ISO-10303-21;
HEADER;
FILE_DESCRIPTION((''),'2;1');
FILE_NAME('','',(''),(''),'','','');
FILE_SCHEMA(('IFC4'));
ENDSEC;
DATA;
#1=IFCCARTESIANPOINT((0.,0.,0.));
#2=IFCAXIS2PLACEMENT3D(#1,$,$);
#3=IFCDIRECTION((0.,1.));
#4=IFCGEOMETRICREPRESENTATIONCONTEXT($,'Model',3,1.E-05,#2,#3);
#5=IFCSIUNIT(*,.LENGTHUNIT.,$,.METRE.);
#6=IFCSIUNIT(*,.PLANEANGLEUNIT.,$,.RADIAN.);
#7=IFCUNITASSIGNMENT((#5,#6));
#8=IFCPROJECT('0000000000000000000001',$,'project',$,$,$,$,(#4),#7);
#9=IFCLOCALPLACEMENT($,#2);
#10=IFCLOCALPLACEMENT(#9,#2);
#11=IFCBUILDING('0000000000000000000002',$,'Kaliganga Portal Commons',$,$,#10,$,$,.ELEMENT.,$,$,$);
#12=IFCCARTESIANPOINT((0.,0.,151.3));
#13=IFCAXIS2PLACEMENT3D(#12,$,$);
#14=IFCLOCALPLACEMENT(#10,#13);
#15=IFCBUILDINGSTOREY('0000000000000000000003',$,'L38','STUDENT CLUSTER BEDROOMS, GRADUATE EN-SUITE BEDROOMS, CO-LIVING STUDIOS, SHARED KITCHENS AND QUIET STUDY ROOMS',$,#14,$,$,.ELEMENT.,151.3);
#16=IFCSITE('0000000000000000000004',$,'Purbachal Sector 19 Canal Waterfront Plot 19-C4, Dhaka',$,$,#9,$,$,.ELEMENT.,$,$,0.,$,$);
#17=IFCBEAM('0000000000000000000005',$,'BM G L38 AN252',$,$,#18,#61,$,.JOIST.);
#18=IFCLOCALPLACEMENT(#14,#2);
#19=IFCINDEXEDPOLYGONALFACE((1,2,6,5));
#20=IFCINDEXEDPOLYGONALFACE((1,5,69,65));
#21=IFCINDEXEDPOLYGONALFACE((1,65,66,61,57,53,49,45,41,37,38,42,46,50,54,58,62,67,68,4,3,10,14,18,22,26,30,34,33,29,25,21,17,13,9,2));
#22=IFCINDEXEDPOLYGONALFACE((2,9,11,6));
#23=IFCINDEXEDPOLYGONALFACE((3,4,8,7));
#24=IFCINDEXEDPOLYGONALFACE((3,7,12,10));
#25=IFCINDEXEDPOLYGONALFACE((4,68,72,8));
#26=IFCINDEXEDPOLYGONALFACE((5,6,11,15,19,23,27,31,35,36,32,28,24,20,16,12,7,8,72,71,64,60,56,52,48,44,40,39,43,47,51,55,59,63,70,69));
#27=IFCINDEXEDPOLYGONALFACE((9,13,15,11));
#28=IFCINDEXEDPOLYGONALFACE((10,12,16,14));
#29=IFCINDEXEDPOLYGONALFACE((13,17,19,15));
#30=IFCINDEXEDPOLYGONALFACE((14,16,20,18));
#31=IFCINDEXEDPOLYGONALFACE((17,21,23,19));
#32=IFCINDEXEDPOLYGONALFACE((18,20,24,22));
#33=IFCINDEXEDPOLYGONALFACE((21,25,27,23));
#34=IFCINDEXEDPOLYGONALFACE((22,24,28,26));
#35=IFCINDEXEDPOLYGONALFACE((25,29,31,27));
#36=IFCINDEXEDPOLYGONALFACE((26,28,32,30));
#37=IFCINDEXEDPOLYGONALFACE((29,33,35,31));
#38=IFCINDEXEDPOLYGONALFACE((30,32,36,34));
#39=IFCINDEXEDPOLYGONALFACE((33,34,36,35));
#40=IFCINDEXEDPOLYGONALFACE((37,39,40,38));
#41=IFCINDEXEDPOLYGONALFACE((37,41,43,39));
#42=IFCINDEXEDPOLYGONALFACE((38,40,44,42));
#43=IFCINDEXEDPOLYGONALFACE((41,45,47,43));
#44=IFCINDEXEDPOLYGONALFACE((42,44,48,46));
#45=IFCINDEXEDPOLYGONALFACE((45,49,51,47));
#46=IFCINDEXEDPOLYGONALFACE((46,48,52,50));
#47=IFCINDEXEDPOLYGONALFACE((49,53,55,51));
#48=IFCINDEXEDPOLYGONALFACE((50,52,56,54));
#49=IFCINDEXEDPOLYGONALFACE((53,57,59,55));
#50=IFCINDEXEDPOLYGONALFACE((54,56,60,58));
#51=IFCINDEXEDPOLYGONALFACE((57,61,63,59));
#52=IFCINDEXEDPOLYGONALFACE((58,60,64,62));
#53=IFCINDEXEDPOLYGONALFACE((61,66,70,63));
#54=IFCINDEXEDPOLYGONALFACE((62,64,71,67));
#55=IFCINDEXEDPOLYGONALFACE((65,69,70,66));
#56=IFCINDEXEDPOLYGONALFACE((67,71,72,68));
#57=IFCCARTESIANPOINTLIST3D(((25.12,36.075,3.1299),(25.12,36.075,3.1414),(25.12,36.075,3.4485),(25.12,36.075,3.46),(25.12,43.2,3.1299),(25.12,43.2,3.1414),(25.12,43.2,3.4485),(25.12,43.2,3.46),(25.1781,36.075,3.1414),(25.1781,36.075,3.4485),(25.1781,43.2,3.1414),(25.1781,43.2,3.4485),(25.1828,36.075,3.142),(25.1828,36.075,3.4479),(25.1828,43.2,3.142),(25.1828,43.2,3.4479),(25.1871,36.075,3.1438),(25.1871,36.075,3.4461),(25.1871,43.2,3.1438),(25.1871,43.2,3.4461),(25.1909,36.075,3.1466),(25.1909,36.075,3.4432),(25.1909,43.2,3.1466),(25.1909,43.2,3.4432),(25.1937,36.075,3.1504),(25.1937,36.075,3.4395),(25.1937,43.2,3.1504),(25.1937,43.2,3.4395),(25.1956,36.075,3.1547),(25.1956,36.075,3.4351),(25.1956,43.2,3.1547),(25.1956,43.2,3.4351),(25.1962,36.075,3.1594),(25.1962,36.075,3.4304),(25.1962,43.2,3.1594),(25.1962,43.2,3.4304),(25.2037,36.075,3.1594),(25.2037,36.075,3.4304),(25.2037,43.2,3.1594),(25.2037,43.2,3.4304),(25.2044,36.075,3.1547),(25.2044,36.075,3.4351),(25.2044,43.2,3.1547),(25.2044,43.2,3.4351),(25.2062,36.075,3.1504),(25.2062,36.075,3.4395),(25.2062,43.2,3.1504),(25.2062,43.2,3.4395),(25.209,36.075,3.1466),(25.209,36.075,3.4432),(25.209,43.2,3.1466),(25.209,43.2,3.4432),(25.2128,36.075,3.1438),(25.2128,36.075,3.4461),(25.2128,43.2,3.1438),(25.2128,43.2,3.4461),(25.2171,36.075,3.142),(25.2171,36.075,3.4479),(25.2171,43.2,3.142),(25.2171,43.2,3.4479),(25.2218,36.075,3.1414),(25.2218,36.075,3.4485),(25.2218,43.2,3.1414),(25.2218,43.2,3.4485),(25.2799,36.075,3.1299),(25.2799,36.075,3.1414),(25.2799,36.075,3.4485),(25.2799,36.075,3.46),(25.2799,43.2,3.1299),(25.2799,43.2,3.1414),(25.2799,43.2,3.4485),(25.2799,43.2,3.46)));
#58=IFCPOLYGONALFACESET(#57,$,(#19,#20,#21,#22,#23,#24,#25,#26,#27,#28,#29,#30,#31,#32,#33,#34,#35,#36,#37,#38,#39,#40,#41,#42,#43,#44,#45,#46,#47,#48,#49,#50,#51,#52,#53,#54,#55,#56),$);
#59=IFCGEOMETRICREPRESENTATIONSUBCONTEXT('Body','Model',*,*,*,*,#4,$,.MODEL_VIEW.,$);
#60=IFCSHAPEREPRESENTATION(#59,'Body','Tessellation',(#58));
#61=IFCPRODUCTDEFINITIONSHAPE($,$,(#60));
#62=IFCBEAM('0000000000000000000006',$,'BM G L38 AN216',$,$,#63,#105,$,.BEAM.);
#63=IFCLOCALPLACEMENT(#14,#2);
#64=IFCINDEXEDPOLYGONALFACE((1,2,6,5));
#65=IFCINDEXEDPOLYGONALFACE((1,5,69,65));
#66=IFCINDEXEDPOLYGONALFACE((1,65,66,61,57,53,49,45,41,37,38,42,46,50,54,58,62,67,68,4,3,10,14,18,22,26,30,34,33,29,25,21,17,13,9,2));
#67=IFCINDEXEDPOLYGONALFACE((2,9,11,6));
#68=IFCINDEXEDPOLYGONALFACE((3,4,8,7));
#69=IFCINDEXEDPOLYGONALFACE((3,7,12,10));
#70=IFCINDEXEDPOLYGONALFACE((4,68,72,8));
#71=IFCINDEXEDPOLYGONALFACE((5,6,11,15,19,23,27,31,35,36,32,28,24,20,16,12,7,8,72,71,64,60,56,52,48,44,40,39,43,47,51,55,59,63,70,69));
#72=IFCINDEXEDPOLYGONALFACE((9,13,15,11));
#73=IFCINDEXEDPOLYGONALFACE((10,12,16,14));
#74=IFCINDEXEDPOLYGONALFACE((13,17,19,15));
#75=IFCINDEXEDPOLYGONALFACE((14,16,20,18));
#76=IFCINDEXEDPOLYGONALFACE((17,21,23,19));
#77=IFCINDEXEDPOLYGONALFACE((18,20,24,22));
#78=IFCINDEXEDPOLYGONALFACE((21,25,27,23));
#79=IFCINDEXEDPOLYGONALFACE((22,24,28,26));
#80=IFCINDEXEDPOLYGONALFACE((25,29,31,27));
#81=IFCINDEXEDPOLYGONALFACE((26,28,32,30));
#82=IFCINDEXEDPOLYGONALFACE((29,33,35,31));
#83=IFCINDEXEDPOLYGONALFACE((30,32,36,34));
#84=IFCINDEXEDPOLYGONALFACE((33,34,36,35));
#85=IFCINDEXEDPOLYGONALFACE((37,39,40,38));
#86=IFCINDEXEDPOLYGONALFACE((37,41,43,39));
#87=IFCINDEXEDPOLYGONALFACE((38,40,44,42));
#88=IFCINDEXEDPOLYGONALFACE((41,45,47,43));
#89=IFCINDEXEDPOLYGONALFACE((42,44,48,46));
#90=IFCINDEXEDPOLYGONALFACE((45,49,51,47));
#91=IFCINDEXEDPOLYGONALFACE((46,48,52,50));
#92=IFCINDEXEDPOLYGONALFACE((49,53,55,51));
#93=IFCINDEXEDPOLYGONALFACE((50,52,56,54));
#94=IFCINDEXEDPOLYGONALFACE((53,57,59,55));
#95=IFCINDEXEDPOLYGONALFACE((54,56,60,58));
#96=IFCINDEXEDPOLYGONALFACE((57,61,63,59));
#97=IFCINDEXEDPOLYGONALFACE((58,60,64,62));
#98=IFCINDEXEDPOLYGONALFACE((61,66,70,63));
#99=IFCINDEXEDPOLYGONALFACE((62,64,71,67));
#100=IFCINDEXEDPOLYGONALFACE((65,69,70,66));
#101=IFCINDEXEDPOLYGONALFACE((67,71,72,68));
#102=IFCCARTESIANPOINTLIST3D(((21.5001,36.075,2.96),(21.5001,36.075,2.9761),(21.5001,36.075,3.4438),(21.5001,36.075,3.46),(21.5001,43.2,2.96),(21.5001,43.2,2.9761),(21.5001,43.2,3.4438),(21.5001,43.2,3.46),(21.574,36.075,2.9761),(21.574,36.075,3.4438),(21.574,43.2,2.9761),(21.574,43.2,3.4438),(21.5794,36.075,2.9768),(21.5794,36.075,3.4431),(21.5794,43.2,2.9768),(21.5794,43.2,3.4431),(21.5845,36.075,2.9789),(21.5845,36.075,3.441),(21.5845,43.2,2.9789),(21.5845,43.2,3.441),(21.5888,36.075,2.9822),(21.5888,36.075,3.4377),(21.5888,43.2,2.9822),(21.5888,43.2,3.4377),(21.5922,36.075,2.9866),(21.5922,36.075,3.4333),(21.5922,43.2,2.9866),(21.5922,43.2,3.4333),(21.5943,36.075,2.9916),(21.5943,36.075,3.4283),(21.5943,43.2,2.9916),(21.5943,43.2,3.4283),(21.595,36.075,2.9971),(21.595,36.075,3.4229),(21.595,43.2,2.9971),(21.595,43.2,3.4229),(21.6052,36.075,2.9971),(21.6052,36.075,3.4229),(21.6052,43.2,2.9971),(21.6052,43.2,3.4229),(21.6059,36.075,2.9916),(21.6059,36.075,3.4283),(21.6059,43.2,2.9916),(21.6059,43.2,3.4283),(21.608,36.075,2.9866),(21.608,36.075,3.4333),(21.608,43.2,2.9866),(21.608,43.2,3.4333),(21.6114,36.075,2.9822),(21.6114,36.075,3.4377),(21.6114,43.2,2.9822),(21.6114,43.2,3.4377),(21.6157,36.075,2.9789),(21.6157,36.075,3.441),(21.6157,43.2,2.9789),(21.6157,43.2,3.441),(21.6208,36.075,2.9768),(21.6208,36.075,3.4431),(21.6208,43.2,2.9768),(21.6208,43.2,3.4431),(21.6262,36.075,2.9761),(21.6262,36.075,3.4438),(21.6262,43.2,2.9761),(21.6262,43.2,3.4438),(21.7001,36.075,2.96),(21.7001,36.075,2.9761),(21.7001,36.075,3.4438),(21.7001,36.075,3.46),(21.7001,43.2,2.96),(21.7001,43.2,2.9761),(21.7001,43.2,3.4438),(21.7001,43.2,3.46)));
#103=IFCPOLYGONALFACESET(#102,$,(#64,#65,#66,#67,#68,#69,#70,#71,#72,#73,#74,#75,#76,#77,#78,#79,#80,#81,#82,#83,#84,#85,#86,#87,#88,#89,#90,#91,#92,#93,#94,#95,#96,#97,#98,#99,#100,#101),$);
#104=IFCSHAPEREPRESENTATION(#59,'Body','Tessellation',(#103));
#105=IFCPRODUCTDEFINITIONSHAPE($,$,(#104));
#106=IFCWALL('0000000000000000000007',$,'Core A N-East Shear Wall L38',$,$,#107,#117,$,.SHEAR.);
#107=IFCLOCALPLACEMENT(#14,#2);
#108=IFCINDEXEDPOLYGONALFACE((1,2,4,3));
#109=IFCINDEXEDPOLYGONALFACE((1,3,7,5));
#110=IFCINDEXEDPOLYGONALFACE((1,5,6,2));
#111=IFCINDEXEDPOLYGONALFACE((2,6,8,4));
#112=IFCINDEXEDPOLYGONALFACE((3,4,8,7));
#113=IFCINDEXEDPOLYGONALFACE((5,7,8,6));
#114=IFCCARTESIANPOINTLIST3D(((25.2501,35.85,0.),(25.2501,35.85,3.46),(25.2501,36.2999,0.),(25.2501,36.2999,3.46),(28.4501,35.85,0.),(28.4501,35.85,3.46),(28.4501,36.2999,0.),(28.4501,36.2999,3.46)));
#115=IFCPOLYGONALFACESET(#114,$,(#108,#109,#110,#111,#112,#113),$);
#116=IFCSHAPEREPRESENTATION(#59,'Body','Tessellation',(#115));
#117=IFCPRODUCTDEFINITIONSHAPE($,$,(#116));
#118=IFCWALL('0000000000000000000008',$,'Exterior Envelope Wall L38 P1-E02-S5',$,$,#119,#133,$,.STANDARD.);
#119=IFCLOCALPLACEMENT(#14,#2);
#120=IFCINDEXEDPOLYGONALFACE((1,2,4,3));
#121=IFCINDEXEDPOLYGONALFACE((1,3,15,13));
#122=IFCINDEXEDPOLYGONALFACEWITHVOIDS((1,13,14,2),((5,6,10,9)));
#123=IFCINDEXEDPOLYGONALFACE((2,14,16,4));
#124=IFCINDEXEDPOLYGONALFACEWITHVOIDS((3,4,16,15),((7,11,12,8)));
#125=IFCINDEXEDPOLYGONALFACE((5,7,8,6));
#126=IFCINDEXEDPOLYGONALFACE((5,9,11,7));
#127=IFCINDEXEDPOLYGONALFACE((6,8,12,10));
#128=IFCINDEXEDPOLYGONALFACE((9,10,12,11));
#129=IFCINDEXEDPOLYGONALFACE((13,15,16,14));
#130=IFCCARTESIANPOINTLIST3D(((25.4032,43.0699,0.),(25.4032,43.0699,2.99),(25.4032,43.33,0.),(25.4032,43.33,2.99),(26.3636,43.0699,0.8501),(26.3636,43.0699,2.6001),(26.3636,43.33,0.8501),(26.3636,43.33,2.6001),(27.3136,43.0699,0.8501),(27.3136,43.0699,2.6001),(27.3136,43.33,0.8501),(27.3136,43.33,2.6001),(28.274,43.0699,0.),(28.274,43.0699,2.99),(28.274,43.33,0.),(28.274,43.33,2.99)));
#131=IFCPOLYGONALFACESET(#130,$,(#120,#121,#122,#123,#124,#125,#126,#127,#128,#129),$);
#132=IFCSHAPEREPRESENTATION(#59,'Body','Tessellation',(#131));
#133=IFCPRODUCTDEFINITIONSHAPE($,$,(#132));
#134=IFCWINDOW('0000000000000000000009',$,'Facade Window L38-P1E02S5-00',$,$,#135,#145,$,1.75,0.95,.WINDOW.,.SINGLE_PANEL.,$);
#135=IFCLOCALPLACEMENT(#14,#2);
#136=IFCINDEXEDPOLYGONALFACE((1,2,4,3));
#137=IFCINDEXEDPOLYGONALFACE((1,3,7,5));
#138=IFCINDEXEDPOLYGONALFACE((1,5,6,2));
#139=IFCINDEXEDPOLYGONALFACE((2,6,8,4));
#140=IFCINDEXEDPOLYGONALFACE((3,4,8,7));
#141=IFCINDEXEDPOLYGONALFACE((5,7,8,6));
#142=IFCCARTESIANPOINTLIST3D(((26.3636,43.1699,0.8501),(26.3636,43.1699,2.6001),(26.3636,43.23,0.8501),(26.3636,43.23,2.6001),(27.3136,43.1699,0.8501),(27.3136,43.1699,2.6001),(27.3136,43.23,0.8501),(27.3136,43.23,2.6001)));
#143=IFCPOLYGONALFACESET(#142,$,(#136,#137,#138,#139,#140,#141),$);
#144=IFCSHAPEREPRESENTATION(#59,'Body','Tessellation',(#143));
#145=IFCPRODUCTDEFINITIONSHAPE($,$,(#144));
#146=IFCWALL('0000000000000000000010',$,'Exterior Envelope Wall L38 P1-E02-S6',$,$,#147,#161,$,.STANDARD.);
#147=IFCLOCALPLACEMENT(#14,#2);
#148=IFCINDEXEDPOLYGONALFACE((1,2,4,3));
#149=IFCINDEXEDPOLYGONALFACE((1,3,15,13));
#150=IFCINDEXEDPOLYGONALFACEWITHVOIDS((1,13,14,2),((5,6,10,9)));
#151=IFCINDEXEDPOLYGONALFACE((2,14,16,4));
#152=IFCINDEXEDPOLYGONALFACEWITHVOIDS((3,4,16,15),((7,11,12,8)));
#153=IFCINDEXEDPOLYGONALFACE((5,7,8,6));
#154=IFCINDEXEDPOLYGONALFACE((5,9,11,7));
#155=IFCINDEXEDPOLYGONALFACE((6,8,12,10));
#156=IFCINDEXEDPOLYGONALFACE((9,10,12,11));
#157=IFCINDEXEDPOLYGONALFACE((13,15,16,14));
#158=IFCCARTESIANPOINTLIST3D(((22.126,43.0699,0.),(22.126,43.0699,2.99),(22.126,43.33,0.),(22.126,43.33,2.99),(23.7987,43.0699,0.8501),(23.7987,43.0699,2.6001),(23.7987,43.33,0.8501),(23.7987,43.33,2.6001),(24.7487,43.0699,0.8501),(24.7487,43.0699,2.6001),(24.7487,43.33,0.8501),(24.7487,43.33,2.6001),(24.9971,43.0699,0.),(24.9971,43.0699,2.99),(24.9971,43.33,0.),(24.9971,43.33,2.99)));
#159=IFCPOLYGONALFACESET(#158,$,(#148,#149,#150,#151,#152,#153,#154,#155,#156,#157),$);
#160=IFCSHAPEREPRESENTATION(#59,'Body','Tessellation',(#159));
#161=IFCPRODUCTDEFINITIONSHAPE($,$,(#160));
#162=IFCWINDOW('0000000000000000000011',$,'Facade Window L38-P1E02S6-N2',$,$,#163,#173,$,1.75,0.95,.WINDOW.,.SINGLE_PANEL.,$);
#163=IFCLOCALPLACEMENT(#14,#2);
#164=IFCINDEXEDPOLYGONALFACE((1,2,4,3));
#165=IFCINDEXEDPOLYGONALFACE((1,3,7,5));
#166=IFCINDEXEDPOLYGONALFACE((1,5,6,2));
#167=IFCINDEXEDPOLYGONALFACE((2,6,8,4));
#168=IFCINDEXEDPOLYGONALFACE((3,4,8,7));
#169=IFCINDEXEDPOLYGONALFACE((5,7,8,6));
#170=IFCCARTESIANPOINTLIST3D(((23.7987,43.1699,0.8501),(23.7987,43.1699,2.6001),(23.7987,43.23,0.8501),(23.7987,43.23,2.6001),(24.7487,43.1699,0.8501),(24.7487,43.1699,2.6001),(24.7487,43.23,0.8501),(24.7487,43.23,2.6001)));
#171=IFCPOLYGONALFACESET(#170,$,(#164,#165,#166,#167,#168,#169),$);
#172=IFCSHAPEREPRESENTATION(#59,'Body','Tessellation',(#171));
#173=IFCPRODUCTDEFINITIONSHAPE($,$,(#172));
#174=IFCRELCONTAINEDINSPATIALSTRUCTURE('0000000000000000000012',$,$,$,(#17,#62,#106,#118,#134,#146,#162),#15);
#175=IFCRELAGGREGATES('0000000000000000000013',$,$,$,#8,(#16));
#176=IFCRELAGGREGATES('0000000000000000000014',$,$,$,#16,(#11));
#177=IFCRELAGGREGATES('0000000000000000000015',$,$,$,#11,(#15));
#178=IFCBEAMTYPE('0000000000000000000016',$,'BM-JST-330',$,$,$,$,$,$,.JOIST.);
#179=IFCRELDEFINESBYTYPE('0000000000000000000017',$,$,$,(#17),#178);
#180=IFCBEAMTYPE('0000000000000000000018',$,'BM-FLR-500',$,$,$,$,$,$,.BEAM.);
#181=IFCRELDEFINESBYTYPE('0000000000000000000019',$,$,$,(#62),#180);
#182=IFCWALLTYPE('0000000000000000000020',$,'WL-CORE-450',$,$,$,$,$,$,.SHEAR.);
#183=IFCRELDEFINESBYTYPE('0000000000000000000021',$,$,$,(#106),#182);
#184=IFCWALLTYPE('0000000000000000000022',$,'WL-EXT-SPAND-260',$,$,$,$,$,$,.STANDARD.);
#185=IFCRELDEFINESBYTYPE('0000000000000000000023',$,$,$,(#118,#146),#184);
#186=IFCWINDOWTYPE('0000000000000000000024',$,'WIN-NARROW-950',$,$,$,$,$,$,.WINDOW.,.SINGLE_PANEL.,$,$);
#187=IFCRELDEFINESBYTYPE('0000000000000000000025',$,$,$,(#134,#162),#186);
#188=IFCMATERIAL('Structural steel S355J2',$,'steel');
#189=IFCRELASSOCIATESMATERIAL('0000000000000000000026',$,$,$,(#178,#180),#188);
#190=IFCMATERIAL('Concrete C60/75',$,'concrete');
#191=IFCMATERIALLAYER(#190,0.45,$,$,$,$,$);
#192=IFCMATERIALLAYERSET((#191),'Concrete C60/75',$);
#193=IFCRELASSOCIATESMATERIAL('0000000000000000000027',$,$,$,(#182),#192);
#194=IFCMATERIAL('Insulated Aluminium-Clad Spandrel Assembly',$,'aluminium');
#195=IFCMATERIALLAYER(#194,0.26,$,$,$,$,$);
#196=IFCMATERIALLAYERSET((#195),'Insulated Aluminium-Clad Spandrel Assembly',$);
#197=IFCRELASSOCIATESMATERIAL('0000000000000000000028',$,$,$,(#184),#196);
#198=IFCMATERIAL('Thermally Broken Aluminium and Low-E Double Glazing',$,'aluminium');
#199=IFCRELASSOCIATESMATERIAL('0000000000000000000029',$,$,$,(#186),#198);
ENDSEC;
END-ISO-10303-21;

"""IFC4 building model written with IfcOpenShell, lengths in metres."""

from ifc_helpers import new_model, si_unit, direction, frame, frame_2d, origin, origin_2d, place, context, subcontext, project, spatial, rectangle, i_section, extrude, source, transform, mapped, material, layer, layer_set, material_profile, profile_set, type_object, element, fill, save


model = new_model("IFC4")

# Units and contexts
model_context = context("Model", 3, precision=1e-05, world=origin(), true_north=direction((0.0, 1.0)))
body_context = subcontext(model_context, "Body", "Model", "MODEL_VIEW")
ifc_project = project(units=[si_unit("LENGTHUNIT", "METRE"), si_unit("PLANEANGLEUNIT", "RADIAN")], contexts=[model_context])

# Site, building, storey
site_placement = place(None, origin())
site = spatial("IfcSite", under=ifc_project, at=site_placement, Name="Purbachal Sector 19 Canal Waterfront Plot 19-C4, Dhaka", CompositionType="ELEMENT", RefElevation=0.0)
building_placement = place(site_placement, origin())
building = spatial("IfcBuilding", under=site, at=building_placement, Name="Kaliganga Portal Commons", CompositionType="ELEMENT")
storey_placement = place(building_placement, frame((0.0, 0.0, 151.3)))
storey = spatial("IfcBuildingStorey", under=building, at=storey_placement, Name="L38", Description="STUDENT CLUSTER BEDROOMS, GRADUATE EN-SUITE BEDROOMS, CO-LIVING STUDIOS, SHARED KITCHENS AND QUIET STUDY ROOMS", CompositionType="ELEMENT", Elevation=151.3)

# Shared definitions
ifc_material_1 = material(Name="Concrete C60/75", Category="concrete")

# Beams
ifc_material_2 = material(Name="Structural steel S355J2", Category="steel")
ifc_material_profile_1 = material_profile(ifc_material_2, i_section(OverallWidth=0.1599, OverallDepth=0.3301, WebThickness=0.0076, FlangeThickness=0.0115, FilletRadius=0.0181, at=origin_2d()), Name="IPE 330")
ifc_profile_set_1 = profile_set([ifc_material_profile_1], Name="Structural steel S355J2 wide-flange")
beam_type_1 = type_object("IfcBeamType", Name="BM-JST-330", PredefinedType="JOIST", material=ifc_profile_set_1)
shared_shape_1 = source(origin(), body_context, "Body", "SweptSolid", [
    extrude(i_section(OverallWidth=0.1599, OverallDepth=0.3301, WebThickness=0.0076, FlangeThickness=0.0115, FilletRadius=0.0181, at=origin_2d()), origin(), (0.0, 0.0, 1.0), 7.125),
])
for number, where, z_axis, x_axis, name in (
    (1, (25.2, 36.075, 3.2949), (0.0, 1.0, 0.0), (-1.0, 0.0, 0.0), "BM G L38 AN252"),
):
    element("IfcBeam", number, at=place(storey_placement, frame(where, z_axis=z_axis, x_axis=x_axis)), inside=storey, type_object=beam_type_1, Name=name, PredefinedType="JOIST", context=body_context, shape_type="MappedRepresentation", body=[
        mapped(shared_shape_1, transform((0.0, 0.0, 0.0), x_axis=(1.0, 0.0, 0.0), y_axis=(0.0, 1.0, 0.0), z_axis=(0.0, 0.0, 1.0), scale=1.0)),
    ])
ifc_material_profile_2 = material_profile(ifc_material_2, i_section(OverallWidth=0.2, OverallDepth=0.5, WebThickness=0.0103, FlangeThickness=0.0161, FilletRadius=0.021, at=origin_2d()), Name="IPE 500")
ifc_profile_set_2 = profile_set([ifc_material_profile_2], Name="Structural steel S355J2 wide-flange")
beam_type_2 = type_object("IfcBeamType", Name="BM-FLR-500", PredefinedType="BEAM", material=ifc_profile_set_2)
shared_shape_2 = source(origin(), body_context, "Body", "SweptSolid", [
    extrude(i_section(OverallWidth=0.2, OverallDepth=0.5, WebThickness=0.0103, FlangeThickness=0.0161, FilletRadius=0.021, at=origin_2d()), origin(), (0.0, 0.0, 1.0), 7.125),
])
beam_1_placement = place(storey_placement, frame((21.6001, 36.075, 3.21), z_axis=(0.0, 1.0, 0.0), x_axis=(-1.0, 0.0, 0.0)))
element("IfcBeam", 2, at=beam_1_placement, inside=storey, type_object=beam_type_2, Name="BM G L38 AN216", PredefinedType="BEAM", context=body_context, shape_type="MappedRepresentation", body=[
    mapped(shared_shape_2, transform((0.0, 0.0, 0.0), x_axis=(1.0, 0.0, 0.0), y_axis=(0.0, 1.0, 0.0), z_axis=(0.0, 0.0, 1.0), scale=1.0)),
])

# Wall
ifc_layer_1 = layer(ifc_material_1, 0.45)
ifc_layer_set_1 = layer_set([ifc_layer_1], Name="Concrete C60/75")
wall_type_1 = type_object("IfcWallType", Name="WL-CORE-450", PredefinedType="SHEAR", material=ifc_layer_set_1)
wall_1_placement = place(storey_placement, frame((25.25, 36.075, 0.0), z_axis=(0.0, 0.0, 1.0), x_axis=(1.0, 0.0, 0.0)))
element("IfcWall", 3, at=wall_1_placement, inside=storey, type_object=wall_type_1, Name="Core A N-East Shear Wall L38", PredefinedType="SHEAR", context=body_context, shape_type="SweptSolid", body=[
    extrude(rectangle(XDim=3.2, YDim=0.45, at=frame_2d((1.6001, 0.0))), origin(), (0.0, 0.0, 1.0), 3.46),
])

# Walls, openings, windows
ifc_material_3 = material(Name="Insulated Aluminium-Clad Spandrel Assembly", Category="aluminium")
ifc_layer_2 = layer(ifc_material_3, 0.26)
ifc_layer_set_2 = layer_set([ifc_layer_2], Name="Insulated Aluminium-Clad Spandrel Assembly")
wall_type_2 = type_object("IfcWallType", Name="WL-EXT-SPAND-260", PredefinedType="STANDARD", material=ifc_layer_set_2)
wall_2_placement = place(storey_placement, frame((25.4031, 43.2, 0.0), z_axis=(0.0, 0.0, 1.0), x_axis=(1.0, 0.0, 0.0)))
wall_2 = element("IfcWall", 4, at=wall_2_placement, inside=storey, type_object=wall_type_2, Name="Exterior Envelope Wall L38 P1-E02-S5", PredefinedType="STANDARD", context=body_context, shape_type="SweptSolid", body=[
    extrude(rectangle(XDim=2.8708, YDim=0.26, at=frame_2d((1.4355, 0.0))), origin(), (0.0, 0.0, 1.0), 2.99),
])
opening_1_placement = place(wall_2_placement, frame((0.9604, 0.0, 0.8501)))
opening_1 = element("IfcOpeningElement", 5, at=opening_1_placement, cuts=wall_2, PredefinedType="OPENING", context=body_context, shape_type="SweptSolid", body=[
    extrude(rectangle(XDim=0.95, YDim=1.75, at=frame_2d((0.4751, 0.875))), frame((0.0, 0.1401, 0.0), z_axis=(0.0, -1.0, 0.0), x_axis=(1.0, 0.0, 0.0)), (0.0, 0.0, 1.0), 0.28),
])
ifc_material_4 = material(Name="Thermally Broken Aluminium and Low-E Double Glazing", Category="aluminium")
window_type = type_object("IfcWindowType", Name="WIN-NARROW-950", PartitioningType="SINGLE_PANEL", PredefinedType="WINDOW", material=ifc_material_4)
window_1_placement = place(opening_1_placement, origin())
window_1 = element("IfcWindow", 6, at=window_1_placement, inside=storey, type_object=window_type, Name="Facade Window L38-P1E02S5-00", OverallHeight=1.75, OverallWidth=0.95, PartitioningType="SINGLE_PANEL", PredefinedType="WINDOW", context=body_context, shape_type="SweptSolid", body=[
    extrude(rectangle(XDim=0.95, YDim=1.75, at=frame_2d((0.4751, 0.875))), frame((0.0, 0.03, 0.0), z_axis=(0.0, -1.0, 0.0), x_axis=(1.0, 0.0, 0.0)), (0.0, 0.0, 1.0), 0.0601),
])
fill(opening_1, window_1)
wall_3_placement = place(storey_placement, frame((22.126, 43.2, 0.0), z_axis=(0.0, 0.0, 1.0), x_axis=(1.0, 0.0, 0.0)))
wall_3 = element("IfcWall", 7, at=wall_3_placement, inside=storey, type_object=wall_type_2, Name="Exterior Envelope Wall L38 P1-E02-S6", PredefinedType="STANDARD", context=body_context, shape_type="SweptSolid", body=[
    extrude(rectangle(XDim=2.8711, YDim=0.26, at=frame_2d((1.4355, 0.0))), origin(), (0.0, 0.0, 1.0), 2.99),
])
opening_2_placement = place(wall_3_placement, frame((1.6726, 0.0, 0.8501)))
opening_2 = element("IfcOpeningElement", 8, at=opening_2_placement, cuts=wall_3, PredefinedType="OPENING", context=body_context, shape_type="SweptSolid", body=[
    extrude(rectangle(XDim=0.95, YDim=1.75, at=frame_2d((0.4751, 0.875))), frame((0.0, 0.1401, 0.0), z_axis=(0.0, -1.0, 0.0), x_axis=(1.0, 0.0, 0.0)), (0.0, 0.0, 1.0), 0.28),
])
window_2_placement = place(opening_2_placement, origin())
window_2 = element("IfcWindow", 9, at=window_2_placement, inside=storey, type_object=window_type, Name="Facade Window L38-P1E02S6-N2", OverallHeight=1.75, OverallWidth=0.95, PartitioningType="SINGLE_PANEL", PredefinedType="WINDOW", context=body_context, shape_type="SweptSolid", body=[
    extrude(rectangle(XDim=0.95, YDim=1.75, at=frame_2d((0.4751, 0.875))), frame((0.0, 0.03, 0.0), z_axis=(0.0, -1.0, 0.0), x_axis=(1.0, 0.0, 0.0)), (0.0, 0.0, 1.0), 0.0601),
])
fill(opening_2, window_2)

save(model, "model.ifc")
